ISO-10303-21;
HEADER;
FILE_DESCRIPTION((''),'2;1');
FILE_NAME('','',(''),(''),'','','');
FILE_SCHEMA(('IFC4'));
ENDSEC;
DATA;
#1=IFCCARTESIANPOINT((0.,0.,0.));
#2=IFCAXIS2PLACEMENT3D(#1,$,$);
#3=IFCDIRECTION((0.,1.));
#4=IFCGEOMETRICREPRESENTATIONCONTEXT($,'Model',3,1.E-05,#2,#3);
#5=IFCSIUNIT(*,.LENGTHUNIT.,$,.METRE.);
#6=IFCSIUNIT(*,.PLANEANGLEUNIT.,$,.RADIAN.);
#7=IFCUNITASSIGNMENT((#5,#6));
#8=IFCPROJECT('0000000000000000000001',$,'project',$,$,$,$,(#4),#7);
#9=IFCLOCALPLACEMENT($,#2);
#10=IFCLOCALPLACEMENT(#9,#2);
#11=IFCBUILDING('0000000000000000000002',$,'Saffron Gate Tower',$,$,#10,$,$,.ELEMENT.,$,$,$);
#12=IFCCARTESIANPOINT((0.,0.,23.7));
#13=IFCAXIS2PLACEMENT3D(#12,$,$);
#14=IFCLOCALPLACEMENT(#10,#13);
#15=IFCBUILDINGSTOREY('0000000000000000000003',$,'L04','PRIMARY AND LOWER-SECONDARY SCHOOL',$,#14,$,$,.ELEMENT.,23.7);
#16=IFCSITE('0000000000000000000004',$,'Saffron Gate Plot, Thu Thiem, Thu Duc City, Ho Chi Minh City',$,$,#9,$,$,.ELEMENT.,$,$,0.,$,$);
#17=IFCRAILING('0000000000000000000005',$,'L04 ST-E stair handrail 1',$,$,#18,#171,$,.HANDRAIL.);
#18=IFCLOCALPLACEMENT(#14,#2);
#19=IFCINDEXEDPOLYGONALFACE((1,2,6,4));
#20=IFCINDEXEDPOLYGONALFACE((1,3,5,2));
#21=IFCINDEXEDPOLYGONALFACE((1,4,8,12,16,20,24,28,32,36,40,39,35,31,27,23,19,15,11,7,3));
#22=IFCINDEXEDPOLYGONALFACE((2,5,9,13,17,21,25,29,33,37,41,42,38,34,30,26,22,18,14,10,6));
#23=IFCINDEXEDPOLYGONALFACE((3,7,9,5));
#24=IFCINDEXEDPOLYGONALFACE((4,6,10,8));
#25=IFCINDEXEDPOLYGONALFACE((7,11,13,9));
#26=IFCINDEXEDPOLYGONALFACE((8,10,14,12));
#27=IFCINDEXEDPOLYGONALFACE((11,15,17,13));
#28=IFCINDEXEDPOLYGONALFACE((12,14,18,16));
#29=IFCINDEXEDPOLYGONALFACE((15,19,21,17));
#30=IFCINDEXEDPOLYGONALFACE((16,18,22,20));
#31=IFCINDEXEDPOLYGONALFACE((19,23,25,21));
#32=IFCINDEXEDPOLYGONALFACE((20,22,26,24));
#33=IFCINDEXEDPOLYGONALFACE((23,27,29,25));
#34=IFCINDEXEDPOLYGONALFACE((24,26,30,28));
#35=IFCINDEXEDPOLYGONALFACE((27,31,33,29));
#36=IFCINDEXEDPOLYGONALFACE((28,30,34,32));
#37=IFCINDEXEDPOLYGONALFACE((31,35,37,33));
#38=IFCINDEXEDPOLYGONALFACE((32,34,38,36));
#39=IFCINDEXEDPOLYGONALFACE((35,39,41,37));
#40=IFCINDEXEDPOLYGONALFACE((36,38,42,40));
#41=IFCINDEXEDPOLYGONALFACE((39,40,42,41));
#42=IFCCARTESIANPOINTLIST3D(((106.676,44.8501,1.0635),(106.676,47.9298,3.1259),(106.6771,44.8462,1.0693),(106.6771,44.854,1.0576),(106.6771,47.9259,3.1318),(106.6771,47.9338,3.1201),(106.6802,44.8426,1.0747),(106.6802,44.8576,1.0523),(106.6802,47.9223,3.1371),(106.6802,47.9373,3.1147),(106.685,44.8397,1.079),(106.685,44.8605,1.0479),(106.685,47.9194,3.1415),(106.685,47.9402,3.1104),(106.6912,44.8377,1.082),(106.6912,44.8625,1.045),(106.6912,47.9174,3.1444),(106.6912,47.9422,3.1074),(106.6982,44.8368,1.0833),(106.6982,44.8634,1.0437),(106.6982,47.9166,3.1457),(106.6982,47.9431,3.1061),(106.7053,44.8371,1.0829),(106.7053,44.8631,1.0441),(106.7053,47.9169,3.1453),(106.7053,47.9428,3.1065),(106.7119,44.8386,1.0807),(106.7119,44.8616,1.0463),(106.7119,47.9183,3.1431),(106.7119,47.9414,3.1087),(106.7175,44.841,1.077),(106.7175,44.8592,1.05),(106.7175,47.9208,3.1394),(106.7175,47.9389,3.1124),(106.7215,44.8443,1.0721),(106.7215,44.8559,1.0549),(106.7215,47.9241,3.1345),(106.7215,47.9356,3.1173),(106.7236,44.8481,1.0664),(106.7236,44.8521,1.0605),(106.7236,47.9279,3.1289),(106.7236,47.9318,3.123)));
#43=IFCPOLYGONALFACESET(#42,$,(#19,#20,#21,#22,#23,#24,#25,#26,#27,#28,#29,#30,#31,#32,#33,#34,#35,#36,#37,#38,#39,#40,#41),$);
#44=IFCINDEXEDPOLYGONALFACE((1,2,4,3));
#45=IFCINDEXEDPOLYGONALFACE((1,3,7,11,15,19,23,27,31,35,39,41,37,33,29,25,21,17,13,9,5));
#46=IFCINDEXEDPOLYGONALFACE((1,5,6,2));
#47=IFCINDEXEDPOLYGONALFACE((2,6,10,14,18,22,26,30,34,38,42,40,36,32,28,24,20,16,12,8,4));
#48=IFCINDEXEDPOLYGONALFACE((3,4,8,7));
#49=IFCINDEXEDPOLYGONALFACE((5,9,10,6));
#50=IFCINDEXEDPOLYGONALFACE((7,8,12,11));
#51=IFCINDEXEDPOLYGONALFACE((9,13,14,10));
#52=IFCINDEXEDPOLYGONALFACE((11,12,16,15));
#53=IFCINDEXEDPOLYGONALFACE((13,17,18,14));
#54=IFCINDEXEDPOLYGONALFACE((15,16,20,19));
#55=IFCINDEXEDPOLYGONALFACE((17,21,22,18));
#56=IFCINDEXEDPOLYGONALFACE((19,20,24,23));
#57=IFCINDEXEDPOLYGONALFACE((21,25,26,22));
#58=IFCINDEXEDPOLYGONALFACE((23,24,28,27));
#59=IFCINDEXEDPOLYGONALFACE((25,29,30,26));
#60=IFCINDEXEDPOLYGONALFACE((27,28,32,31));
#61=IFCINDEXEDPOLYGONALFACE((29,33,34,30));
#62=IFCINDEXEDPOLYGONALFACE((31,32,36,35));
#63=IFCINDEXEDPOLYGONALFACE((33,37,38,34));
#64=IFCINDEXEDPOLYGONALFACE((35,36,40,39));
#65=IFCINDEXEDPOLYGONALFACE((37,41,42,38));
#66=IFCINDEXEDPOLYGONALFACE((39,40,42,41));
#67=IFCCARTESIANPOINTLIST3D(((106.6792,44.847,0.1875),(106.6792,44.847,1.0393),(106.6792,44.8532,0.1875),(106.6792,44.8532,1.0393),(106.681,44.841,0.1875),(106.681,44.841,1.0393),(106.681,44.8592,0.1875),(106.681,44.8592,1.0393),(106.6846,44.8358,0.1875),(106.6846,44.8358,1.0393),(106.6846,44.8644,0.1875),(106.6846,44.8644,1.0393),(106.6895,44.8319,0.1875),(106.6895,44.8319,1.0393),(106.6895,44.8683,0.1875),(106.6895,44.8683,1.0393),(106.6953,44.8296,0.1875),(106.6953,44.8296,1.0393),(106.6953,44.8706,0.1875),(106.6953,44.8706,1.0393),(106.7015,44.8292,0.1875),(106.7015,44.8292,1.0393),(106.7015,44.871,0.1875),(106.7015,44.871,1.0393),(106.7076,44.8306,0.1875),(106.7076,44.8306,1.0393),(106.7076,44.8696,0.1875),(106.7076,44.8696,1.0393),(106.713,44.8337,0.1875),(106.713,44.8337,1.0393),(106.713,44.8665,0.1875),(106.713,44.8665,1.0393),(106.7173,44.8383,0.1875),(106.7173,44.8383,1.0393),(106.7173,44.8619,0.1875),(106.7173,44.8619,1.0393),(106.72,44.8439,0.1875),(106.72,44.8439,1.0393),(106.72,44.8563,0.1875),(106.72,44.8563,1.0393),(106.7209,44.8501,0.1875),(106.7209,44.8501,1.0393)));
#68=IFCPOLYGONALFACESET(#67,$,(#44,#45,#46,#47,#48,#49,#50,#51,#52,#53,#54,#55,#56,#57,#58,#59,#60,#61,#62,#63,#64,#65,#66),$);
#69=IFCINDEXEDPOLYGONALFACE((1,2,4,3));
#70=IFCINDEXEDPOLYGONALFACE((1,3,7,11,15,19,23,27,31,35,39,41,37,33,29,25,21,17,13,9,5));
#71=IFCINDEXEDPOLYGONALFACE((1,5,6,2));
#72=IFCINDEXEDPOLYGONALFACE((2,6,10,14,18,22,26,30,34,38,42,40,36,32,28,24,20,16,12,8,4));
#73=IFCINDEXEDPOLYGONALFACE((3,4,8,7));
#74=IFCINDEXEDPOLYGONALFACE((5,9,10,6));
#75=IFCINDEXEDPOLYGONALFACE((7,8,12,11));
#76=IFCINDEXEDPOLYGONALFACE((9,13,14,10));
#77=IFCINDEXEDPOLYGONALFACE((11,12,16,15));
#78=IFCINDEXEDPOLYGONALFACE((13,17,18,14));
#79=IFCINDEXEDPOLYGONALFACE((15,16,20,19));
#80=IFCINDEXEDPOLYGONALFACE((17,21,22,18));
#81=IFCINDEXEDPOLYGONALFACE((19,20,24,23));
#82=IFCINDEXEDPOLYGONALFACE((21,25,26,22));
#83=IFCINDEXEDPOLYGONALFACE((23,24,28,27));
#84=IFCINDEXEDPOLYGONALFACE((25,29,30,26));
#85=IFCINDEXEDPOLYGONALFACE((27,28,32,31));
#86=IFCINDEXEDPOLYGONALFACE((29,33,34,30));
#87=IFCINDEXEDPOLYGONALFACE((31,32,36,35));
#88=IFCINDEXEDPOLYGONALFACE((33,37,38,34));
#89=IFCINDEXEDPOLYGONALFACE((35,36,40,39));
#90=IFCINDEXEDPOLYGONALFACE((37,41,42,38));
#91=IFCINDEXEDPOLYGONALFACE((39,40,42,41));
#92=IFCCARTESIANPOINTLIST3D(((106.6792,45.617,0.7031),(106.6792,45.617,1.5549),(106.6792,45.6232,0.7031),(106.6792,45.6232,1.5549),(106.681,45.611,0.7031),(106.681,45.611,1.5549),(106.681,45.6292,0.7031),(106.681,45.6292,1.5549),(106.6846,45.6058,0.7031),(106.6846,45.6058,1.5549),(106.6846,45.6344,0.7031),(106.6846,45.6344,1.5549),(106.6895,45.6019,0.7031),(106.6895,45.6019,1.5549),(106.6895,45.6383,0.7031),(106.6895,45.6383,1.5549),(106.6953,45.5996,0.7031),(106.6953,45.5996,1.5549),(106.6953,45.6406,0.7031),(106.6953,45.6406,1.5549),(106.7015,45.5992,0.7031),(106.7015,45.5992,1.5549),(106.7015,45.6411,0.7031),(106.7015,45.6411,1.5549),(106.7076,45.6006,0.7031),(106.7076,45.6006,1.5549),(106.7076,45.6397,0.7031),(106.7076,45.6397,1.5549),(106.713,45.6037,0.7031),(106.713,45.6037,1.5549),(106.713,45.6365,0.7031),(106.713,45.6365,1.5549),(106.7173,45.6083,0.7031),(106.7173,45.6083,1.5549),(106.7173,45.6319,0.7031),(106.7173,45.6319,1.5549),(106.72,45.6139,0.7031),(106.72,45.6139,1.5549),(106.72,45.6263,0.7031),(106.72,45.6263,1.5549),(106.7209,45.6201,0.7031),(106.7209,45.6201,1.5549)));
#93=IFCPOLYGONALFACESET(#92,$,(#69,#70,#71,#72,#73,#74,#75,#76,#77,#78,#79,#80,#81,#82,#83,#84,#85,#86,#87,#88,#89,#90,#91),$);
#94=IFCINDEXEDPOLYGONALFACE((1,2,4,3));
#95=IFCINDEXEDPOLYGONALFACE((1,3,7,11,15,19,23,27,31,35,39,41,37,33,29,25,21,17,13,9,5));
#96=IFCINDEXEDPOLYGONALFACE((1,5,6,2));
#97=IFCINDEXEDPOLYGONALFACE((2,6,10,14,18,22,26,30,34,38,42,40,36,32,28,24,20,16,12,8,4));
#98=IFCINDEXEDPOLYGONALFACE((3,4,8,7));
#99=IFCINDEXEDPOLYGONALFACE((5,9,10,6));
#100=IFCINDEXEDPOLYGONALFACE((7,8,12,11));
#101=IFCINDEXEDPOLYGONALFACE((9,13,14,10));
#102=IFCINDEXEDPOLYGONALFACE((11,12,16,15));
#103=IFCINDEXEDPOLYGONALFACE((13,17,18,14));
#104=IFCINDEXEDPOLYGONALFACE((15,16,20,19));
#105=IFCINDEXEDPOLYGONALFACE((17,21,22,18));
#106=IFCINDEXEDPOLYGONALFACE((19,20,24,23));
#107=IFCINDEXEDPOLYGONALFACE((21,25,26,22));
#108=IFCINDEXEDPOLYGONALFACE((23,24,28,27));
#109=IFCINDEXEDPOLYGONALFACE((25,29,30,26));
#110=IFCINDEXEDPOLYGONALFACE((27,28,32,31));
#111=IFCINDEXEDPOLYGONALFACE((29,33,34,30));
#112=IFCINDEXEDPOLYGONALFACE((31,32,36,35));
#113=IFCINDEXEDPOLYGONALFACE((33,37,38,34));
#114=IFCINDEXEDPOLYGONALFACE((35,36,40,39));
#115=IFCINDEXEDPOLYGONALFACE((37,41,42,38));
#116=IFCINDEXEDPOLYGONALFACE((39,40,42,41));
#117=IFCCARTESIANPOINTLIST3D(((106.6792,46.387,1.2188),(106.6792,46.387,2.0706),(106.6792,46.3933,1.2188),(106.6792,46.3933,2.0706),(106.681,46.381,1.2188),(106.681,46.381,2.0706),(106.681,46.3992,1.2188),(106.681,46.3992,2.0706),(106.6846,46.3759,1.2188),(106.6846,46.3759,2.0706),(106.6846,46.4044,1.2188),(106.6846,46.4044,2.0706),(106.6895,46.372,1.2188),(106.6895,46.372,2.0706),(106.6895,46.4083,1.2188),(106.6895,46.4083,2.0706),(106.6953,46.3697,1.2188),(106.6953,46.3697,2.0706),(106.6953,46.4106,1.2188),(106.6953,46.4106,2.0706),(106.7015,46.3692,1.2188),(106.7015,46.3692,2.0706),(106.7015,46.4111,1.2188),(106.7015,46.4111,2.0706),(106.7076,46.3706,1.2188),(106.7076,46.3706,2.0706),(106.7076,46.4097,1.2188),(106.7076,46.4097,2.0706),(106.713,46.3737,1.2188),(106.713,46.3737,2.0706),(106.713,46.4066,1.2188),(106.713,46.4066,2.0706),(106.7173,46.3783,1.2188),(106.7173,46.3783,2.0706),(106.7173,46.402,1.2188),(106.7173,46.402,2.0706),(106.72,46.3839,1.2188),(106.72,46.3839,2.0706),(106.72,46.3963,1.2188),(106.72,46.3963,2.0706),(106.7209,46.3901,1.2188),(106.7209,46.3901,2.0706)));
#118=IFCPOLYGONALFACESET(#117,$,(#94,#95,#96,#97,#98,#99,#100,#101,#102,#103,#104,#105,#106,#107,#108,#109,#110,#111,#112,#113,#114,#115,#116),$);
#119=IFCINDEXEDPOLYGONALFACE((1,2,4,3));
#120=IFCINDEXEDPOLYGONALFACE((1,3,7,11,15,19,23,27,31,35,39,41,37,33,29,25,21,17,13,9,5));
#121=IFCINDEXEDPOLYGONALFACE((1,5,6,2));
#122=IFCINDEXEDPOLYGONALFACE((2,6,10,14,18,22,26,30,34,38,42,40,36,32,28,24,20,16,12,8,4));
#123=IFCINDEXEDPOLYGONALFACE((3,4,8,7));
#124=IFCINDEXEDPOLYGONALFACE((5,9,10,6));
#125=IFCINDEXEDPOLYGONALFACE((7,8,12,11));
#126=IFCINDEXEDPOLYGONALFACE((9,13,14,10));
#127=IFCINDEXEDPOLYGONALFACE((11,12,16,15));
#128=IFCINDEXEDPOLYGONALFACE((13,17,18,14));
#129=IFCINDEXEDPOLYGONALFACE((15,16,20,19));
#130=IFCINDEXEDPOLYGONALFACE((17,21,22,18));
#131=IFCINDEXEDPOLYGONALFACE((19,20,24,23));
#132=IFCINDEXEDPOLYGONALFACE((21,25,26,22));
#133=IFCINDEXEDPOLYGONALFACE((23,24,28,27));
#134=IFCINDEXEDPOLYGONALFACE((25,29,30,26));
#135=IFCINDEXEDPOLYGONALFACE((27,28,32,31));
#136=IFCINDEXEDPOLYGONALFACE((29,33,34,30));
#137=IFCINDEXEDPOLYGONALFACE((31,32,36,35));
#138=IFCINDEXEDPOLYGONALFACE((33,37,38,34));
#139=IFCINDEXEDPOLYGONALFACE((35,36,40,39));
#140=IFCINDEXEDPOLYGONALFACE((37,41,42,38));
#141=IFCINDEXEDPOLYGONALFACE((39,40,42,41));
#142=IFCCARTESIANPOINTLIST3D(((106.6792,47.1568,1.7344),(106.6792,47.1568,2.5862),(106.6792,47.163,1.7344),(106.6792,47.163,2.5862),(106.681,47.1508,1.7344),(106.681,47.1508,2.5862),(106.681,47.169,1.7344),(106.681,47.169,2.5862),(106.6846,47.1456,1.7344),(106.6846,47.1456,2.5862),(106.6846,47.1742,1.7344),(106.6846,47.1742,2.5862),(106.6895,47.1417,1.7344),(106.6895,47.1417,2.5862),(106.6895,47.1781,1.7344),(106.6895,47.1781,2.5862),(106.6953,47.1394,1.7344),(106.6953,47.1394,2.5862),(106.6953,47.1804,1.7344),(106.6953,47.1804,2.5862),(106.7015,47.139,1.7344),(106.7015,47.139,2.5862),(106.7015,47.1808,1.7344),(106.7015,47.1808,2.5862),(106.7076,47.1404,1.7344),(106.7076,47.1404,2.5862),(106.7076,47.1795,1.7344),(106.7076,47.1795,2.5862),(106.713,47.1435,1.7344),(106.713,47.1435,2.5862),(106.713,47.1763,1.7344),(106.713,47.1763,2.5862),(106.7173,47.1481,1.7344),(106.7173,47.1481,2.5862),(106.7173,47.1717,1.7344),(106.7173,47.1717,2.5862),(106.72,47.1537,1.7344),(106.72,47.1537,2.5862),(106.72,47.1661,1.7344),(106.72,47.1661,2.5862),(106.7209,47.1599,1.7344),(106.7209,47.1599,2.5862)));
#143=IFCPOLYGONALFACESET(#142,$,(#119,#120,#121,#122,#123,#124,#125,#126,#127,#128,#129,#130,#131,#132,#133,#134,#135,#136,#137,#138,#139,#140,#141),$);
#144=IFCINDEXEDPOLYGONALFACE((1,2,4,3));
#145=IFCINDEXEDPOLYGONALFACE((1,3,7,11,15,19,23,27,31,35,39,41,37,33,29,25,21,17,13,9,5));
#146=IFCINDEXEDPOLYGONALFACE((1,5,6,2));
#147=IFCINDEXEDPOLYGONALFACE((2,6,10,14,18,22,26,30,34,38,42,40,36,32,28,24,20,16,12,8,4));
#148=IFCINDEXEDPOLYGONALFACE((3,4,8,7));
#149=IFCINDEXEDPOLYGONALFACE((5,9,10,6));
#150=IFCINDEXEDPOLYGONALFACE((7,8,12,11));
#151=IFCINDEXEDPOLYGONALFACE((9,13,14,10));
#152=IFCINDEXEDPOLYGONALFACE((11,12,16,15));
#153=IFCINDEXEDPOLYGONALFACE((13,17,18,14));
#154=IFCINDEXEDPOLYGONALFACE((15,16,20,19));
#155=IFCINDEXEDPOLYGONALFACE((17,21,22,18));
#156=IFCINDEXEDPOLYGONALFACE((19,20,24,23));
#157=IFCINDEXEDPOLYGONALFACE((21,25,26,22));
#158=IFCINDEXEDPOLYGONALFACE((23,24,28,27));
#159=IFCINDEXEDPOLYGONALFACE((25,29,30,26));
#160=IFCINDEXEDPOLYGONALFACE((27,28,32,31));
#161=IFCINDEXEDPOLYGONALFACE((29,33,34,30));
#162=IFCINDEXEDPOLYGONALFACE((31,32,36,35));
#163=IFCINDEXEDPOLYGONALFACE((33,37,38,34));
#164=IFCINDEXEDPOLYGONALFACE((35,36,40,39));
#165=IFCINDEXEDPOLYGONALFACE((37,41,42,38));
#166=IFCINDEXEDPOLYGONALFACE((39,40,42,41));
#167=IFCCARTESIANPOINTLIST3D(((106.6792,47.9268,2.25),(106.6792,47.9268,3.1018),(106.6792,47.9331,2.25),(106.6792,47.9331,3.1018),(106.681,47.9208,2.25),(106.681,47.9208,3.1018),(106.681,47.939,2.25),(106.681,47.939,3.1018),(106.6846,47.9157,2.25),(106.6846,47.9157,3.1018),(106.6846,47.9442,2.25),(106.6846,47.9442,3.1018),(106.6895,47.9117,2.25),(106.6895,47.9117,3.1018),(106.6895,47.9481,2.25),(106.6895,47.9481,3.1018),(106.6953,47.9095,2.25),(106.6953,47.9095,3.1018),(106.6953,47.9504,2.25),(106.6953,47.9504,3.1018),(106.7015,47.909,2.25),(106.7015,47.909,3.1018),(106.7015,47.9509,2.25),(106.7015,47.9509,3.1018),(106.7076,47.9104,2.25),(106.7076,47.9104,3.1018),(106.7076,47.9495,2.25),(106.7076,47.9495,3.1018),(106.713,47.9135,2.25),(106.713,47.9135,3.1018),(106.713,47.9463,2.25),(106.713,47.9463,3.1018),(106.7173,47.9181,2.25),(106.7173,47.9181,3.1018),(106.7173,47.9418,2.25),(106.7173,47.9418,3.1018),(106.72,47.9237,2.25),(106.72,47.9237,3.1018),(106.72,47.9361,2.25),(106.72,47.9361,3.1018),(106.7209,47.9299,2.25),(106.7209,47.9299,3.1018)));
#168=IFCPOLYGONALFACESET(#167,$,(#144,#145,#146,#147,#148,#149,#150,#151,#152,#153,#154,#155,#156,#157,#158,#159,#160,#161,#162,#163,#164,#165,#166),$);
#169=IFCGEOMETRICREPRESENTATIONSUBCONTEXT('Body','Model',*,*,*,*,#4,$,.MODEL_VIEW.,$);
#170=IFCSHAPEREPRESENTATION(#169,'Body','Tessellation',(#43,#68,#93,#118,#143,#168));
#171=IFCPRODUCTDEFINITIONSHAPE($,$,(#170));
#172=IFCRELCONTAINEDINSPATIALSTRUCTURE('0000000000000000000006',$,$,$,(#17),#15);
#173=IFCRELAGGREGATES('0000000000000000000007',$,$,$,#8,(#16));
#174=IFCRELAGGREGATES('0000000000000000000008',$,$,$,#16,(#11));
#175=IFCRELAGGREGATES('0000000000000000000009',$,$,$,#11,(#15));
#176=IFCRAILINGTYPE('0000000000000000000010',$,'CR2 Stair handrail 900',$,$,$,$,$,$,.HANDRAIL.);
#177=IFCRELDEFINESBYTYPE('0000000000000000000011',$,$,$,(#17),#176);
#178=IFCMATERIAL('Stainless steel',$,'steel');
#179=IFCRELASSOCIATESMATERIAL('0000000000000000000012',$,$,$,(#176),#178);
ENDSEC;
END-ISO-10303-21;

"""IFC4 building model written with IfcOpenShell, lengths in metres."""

from ifc_helpers import new_model, si_unit, direction, frame, origin, origin_2d, place, context, subcontext, project, spatial, circle, extrude, material, type_object, element, save


model = new_model("IFC4")

# Units and contexts
model_context = context("Model", 3, precision=1e-05, world=origin(), true_north=direction((0.0, 1.0)))
body_context = subcontext(model_context, "Body", "Model", "MODEL_VIEW")
ifc_project = project(units=[si_unit("LENGTHUNIT", "METRE"), si_unit("PLANEANGLEUNIT", "RADIAN")], contexts=[model_context])

# Site, building, storey
site_placement = place(None, origin())
site = spatial("IfcSite", under=ifc_project, at=site_placement, Name="Saffron Gate Plot, Thu Thiem, Thu Duc City, Ho Chi Minh City", CompositionType="ELEMENT", RefElevation=0.0)
building_placement = place(site_placement, origin())
building = spatial("IfcBuilding", under=site, at=building_placement, Name="Saffron Gate Tower", CompositionType="ELEMENT")
storey_placement = place(building_placement, frame((0.0, 0.0, 23.7)))
storey = spatial("IfcBuildingStorey", under=building, at=storey_placement, Name="L04", Description="PRIMARY AND LOWER-SECONDARY SCHOOL", CompositionType="ELEMENT", Elevation=23.7)

# Railing
ifc_material_1 = material(Name="Stainless steel", Category="steel")
railing_type_1 = type_object("IfcRailingType", Name="CR2 Stair handrail 900", PredefinedType="HANDRAIL", material=ifc_material_1)
railing_1_placement = place(storey_placement, frame((106.7, 44.8501, 0.1875)))
element("IfcRailing", 1, at=railing_1_placement, inside=storey, type_object=railing_type_1, Name="L04 ST-E stair handrail 1", PredefinedType="HANDRAIL", context=body_context, shape_type="SweptSolid", body=[
    extrude(circle(Radius=0.0239, at=origin_2d()), frame((0.0, 0.0, 0.876), z_axis=(0.0, 0.830893, 0.556432), x_axis=(-1.0, 0.0, 0.0)), (0.0, 0.0, 1.0), 3.7065),
    extrude(circle(Radius=0.021, at=origin_2d()), origin(), (0.0, 0.0, 1.0), 0.8518),
    extrude(circle(Radius=0.021, at=origin_2d()), frame((0.0, 0.77, 0.5156)), (0.0, 0.0, 1.0), 0.8518),
    extrude(circle(Radius=0.021, at=origin_2d()), frame((0.0, 1.54, 1.0312)), (0.0, 0.0, 1.0), 0.8518),
    extrude(circle(Radius=0.021, at=origin_2d()), frame((0.0, 2.3098, 1.5469)), (0.0, 0.0, 1.0), 0.8518),
    extrude(circle(Radius=0.021, at=origin_2d()), frame((0.0, 3.0798, 2.0625)), (0.0, 0.0, 1.0), 0.8518),
])

save(model, "model.ifc")
